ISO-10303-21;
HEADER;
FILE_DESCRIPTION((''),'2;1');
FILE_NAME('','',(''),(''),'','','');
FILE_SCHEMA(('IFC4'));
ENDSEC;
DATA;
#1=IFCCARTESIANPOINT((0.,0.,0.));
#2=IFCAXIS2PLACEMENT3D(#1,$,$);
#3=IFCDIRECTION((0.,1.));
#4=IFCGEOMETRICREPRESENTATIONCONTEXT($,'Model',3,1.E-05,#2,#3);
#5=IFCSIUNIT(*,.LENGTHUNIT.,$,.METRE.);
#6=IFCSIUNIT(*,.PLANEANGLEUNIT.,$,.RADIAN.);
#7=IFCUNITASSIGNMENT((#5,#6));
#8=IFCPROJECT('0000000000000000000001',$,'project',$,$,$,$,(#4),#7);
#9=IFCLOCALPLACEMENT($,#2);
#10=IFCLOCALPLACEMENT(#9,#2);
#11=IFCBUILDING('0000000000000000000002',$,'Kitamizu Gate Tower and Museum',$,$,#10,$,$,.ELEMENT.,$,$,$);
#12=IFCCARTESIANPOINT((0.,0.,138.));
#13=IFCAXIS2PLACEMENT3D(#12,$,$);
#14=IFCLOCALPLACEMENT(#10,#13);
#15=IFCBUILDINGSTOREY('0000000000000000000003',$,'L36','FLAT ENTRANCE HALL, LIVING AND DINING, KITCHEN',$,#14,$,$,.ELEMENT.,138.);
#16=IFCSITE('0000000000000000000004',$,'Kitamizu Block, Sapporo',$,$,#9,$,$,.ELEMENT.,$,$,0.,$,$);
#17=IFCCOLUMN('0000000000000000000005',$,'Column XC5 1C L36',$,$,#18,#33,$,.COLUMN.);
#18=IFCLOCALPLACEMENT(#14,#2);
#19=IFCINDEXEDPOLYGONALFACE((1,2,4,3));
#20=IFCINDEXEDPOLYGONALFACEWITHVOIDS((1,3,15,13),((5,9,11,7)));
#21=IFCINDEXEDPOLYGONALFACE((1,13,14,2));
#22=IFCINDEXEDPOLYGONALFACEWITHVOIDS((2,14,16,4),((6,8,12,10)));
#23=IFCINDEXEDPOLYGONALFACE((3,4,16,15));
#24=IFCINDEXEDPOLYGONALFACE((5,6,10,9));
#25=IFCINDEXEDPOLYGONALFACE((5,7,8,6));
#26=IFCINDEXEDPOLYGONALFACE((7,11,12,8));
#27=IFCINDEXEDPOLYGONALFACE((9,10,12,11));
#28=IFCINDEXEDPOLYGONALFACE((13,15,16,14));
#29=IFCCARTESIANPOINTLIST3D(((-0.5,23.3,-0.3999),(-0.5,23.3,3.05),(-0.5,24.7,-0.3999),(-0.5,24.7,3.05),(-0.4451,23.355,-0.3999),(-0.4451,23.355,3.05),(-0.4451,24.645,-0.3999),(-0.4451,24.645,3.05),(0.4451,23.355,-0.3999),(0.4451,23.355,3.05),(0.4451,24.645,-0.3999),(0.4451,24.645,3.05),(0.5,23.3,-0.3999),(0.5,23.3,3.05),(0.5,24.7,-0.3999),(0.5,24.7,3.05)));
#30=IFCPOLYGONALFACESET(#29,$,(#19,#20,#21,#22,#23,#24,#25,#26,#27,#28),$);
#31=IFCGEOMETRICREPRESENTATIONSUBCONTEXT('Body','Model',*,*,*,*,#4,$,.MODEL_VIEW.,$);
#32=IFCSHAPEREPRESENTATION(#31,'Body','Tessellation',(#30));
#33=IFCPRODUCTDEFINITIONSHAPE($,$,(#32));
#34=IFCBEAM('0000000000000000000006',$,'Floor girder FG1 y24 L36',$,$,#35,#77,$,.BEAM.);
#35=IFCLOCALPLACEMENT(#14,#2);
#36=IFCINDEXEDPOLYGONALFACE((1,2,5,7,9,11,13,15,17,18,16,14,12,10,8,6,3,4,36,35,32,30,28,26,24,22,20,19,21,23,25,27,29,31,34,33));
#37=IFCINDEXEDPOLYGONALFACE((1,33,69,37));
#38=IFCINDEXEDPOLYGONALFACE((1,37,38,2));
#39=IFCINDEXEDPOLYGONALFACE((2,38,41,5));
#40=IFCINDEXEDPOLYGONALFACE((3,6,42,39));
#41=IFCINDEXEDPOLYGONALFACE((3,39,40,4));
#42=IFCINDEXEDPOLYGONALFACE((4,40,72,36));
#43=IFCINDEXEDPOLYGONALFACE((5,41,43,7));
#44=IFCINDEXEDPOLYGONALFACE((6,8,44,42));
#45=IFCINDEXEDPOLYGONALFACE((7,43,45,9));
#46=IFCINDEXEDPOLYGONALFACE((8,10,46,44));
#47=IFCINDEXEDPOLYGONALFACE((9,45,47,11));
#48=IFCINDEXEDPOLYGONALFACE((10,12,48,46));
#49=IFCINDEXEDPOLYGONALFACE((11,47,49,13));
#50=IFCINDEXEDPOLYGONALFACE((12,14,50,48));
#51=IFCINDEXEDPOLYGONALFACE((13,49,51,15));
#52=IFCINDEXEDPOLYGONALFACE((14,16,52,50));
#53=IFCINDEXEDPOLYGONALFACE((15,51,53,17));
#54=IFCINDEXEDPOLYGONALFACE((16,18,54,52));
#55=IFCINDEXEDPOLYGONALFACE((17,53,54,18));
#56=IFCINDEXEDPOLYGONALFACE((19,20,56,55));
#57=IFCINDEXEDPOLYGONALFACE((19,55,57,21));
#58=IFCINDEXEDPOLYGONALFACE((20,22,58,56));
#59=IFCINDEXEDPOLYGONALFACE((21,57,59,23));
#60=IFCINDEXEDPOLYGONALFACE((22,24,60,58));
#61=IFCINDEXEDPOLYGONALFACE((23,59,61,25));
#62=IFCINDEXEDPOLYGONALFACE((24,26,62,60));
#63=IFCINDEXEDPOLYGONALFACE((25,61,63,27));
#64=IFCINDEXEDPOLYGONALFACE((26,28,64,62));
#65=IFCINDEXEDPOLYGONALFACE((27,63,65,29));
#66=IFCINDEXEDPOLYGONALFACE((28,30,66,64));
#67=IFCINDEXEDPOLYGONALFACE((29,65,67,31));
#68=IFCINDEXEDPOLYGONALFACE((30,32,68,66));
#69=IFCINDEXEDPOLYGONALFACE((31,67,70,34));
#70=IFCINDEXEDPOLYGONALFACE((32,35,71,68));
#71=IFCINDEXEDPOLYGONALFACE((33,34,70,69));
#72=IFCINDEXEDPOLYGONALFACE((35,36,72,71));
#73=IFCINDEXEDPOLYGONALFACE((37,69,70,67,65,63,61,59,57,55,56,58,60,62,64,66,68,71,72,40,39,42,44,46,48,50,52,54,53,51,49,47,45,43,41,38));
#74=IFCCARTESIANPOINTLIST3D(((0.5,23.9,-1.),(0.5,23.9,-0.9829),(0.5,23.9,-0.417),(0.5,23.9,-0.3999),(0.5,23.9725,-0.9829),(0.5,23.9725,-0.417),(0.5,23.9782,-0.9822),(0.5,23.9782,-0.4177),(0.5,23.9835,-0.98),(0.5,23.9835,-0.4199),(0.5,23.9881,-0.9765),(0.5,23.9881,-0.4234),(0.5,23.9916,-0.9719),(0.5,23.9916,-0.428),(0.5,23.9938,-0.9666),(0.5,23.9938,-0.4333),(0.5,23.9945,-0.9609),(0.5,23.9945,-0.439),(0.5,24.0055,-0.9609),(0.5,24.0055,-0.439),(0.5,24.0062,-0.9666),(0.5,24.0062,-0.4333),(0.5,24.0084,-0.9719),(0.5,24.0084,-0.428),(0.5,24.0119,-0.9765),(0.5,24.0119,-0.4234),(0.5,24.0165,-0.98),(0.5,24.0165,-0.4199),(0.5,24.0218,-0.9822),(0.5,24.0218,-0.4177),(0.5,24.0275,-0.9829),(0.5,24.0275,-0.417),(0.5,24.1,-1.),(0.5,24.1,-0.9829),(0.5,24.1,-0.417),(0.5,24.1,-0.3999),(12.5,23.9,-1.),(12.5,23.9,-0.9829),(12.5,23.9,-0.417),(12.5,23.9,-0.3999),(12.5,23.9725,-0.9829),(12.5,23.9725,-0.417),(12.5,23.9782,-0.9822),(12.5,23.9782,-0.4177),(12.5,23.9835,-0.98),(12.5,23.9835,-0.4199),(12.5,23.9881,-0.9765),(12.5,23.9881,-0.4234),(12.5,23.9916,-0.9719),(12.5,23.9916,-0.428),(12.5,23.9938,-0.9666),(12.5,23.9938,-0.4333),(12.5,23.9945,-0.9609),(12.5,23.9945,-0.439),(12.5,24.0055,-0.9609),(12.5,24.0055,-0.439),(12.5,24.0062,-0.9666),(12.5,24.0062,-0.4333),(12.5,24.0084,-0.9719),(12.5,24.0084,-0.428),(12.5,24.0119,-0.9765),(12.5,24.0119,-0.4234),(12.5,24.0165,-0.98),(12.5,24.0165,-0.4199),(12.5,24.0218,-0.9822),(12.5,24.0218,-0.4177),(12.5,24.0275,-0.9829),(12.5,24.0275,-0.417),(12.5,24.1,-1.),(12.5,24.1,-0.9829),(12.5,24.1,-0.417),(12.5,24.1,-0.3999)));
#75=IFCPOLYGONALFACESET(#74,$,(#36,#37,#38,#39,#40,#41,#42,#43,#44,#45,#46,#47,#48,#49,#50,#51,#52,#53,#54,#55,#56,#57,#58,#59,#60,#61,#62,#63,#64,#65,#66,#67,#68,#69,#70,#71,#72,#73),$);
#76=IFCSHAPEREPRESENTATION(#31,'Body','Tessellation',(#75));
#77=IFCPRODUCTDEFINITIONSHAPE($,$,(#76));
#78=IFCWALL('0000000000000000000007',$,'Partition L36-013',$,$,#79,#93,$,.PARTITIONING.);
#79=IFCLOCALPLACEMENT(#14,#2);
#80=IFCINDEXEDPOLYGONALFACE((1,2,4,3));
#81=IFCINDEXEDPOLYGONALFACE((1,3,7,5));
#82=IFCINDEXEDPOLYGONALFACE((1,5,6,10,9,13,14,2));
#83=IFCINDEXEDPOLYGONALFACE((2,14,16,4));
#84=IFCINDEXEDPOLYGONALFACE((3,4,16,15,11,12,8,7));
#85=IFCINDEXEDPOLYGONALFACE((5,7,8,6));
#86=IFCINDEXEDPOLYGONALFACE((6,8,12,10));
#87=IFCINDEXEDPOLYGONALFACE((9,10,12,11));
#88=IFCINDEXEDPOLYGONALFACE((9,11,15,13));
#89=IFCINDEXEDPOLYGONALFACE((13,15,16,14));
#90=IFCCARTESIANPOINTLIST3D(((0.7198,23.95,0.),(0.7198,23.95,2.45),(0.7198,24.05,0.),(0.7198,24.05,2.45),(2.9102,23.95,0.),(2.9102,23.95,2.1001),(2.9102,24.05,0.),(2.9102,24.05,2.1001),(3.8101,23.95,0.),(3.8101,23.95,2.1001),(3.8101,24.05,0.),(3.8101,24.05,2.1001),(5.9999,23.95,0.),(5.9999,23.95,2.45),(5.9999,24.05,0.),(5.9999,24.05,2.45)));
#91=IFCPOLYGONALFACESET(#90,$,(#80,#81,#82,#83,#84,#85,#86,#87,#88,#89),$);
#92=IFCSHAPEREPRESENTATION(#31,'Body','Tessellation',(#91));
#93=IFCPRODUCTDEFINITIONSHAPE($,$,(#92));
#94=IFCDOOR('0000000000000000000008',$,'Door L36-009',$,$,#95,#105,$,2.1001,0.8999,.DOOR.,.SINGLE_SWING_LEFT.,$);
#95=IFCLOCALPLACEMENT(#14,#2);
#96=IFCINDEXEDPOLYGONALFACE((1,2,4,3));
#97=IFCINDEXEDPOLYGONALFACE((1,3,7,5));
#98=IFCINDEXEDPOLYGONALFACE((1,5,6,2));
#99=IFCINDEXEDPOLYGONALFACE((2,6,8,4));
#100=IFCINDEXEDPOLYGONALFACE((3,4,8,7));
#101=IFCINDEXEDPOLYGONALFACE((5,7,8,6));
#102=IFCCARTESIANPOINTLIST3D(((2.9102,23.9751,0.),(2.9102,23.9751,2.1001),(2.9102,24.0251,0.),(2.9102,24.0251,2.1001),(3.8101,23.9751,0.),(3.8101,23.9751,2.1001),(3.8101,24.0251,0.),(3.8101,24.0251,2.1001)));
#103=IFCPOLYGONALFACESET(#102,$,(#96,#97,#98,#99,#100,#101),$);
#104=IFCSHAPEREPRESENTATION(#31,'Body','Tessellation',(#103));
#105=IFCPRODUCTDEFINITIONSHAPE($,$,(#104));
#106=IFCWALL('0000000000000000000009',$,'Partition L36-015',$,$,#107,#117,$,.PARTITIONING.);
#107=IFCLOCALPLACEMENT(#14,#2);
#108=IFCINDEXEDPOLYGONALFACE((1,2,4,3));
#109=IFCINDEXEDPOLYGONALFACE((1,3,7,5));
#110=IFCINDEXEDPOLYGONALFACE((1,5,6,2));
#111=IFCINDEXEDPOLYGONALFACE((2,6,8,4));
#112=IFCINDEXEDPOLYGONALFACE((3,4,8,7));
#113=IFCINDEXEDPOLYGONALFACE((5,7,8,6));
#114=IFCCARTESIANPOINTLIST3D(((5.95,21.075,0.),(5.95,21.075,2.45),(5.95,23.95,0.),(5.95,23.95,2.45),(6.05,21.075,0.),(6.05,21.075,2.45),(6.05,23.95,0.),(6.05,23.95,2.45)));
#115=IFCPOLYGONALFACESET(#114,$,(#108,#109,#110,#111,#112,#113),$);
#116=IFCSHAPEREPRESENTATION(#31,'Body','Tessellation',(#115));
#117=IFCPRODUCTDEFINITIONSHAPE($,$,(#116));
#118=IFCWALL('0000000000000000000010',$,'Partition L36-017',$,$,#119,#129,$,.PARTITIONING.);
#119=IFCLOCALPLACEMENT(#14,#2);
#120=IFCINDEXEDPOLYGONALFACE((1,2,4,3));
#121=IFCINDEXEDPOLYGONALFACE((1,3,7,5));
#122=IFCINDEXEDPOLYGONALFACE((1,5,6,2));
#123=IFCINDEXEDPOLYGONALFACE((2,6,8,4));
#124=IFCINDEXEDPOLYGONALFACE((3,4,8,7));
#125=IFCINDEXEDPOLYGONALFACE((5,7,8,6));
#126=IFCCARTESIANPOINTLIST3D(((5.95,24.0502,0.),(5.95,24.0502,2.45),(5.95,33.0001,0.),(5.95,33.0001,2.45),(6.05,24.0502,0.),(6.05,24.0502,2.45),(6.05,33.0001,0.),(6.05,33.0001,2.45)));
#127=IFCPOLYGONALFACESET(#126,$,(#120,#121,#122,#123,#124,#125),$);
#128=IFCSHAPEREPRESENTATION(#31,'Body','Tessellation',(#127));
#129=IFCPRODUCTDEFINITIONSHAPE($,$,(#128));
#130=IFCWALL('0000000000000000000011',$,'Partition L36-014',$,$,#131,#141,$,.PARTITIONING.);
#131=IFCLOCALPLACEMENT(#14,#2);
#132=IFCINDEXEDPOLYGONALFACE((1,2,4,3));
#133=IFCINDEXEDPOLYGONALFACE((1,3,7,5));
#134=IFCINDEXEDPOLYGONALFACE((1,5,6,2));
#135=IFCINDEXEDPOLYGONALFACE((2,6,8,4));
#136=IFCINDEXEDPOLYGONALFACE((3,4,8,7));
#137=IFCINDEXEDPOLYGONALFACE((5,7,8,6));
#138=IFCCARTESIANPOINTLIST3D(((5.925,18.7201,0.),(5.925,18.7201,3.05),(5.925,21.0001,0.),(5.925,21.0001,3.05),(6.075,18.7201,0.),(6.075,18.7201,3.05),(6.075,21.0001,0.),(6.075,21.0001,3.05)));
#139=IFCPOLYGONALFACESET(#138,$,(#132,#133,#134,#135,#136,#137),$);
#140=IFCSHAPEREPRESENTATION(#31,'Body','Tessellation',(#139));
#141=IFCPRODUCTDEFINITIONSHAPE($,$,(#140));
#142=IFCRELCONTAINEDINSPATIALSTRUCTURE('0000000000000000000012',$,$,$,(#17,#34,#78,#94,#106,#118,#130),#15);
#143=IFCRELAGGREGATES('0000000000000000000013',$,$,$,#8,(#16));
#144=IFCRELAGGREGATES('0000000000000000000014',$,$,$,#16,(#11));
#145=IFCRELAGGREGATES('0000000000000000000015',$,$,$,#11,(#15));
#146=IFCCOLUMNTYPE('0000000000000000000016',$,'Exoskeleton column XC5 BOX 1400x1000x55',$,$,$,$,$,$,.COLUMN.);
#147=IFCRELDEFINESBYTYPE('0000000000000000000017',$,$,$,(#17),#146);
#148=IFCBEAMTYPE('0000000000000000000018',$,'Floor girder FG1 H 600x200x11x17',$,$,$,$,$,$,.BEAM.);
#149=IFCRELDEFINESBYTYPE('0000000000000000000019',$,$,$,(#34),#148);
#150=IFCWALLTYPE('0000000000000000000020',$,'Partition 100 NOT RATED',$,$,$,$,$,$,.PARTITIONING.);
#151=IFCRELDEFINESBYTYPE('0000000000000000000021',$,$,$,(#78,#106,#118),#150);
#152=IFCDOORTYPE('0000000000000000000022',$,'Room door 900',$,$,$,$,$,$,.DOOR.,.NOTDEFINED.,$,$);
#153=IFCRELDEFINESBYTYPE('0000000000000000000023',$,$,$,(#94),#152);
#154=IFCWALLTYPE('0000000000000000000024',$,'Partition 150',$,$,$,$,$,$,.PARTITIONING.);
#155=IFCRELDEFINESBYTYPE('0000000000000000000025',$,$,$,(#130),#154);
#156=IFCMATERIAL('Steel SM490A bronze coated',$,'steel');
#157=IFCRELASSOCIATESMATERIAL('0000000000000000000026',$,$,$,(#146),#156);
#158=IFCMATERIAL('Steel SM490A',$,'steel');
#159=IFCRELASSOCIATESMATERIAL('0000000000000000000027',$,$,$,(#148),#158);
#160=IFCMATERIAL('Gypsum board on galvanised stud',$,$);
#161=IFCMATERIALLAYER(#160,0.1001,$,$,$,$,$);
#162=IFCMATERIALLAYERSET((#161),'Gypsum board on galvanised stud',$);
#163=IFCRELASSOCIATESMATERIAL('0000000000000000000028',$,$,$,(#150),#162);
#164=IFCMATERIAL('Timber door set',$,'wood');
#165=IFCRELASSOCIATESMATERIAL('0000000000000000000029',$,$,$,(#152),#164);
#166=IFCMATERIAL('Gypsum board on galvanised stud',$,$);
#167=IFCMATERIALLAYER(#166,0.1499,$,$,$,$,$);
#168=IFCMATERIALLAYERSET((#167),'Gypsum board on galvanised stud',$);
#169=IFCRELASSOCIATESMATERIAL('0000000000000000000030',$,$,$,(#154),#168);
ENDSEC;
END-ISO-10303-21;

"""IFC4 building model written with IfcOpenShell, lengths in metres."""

from ifc_helpers import new_model, si_unit, direction, frame, frame_2d, origin, origin_2d, place, context, subcontext, project, spatial, rectangle, hollow_rectangle, i_section, extrude, material, layer, layer_set, material_profile, profile_set, type_object, element, fill, save


model = new_model("IFC4")

# Units and contexts
model_context = context("Model", 3, precision=1e-05, world=origin(), true_north=direction((0.0, 1.0)))
body_context = subcontext(model_context, "Body", "Model", "MODEL_VIEW")
ifc_project = project(units=[si_unit("LENGTHUNIT", "METRE"), si_unit("PLANEANGLEUNIT", "RADIAN")], contexts=[model_context])

# Site, building, storey
site_placement = place(None, origin())
site = spatial("IfcSite", under=ifc_project, at=site_placement, Name="Kitamizu Block, Sapporo", CompositionType="ELEMENT", RefElevation=0.0)
building_placement = place(site_placement, origin())
building = spatial("IfcBuilding", under=site, at=building_placement, Name="Kitamizu Gate Tower and Museum", CompositionType="ELEMENT")
storey_placement = place(building_placement, frame((0.0, 0.0, 138.0)))
storey = spatial("IfcBuildingStorey", under=building, at=storey_placement, Name="L36", Description="FLAT ENTRANCE HALL, LIVING AND DINING, KITCHEN", CompositionType="ELEMENT", Elevation=138.0)

# Column
ifc_material_1 = material(Name="Steel SM490A bronze coated", Category="steel")
ifc_material_profile_1 = material_profile(ifc_material_1, hollow_rectangle(XDim=1.3999, YDim=1.0, WallThickness=0.0549, at=origin_2d()), Name="BOX 1400x1000x55")
ifc_profile_set_1 = profile_set([ifc_material_profile_1], Name="Steel SM490A bronze coated")
column_type = type_object("IfcColumnType", Name="Exoskeleton column XC5 BOX 1400x1000x55", PredefinedType="COLUMN", material=ifc_profile_set_1)
column_placement = place(storey_placement, frame((0.0, 24.0, -0.3999), z_axis=(0.0, 0.0, 1.0), x_axis=(0.0, 1.0, 0.0)))
element("IfcColumn", 1, at=column_placement, inside=storey, type_object=column_type, Name="Column XC5 1C L36", PredefinedType="COLUMN", context=body_context, shape_type="SweptSolid", body=[
    extrude(hollow_rectangle(XDim=1.3999, YDim=1.0, WallThickness=0.0549, at=origin_2d()), origin(), (0.0, 0.0, 1.0), 3.45),
])

# Beam
ifc_material_2 = material(Name="Steel SM490A", Category="steel")
ifc_material_profile_2 = material_profile(ifc_material_2, i_section(OverallWidth=0.2, OverallDepth=0.6001, WebThickness=0.011, FlangeThickness=0.0171, FilletRadius=0.022, at=origin_2d()), Name="H-600x200x11x17")
ifc_profile_set_2 = profile_set([ifc_material_profile_2], Name="Steel SM490A")
beam_type = type_object("IfcBeamType", Name="Floor girder FG1 H 600x200x11x17", PredefinedType="BEAM", material=ifc_profile_set_2)
beam_placement = place(storey_placement, frame((0.5, 24.0, -0.7), z_axis=(1.0, 0.0, 0.0), x_axis=(0.0, 1.0, 0.0)))
element("IfcBeam", 2, at=beam_placement, inside=storey, type_object=beam_type, Name="Floor girder FG1 y24 L36", PredefinedType="BEAM", context=body_context, shape_type="SweptSolid", body=[
    extrude(i_section(OverallWidth=0.2, OverallDepth=0.6001, WebThickness=0.011, FlangeThickness=0.0171, FilletRadius=0.022, at=origin_2d()), origin(), (0.0, 0.0, 1.0), 12.0),
])

# Wall, opening, door
ifc_material_3 = material(Name="Gypsum board on galvanised stud")
ifc_layer_1 = layer(ifc_material_3, 0.1001)
ifc_layer_set_1 = layer_set([ifc_layer_1], Name="Gypsum board on galvanised stud")
wall_type_1 = type_object("IfcWallType", Name="Partition 100 NOT RATED", PredefinedType="PARTITIONING", material=ifc_layer_set_1)
wall_1_placement = place(storey_placement, frame((6.0, 24.0, 0.0), z_axis=(0.0, 0.0, 1.0), x_axis=(-1.0, 0.0, 0.0)))
wall_1 = element("IfcWall", 3, at=wall_1_placement, inside=storey, type_object=wall_type_1, Name="Partition L36-013", PredefinedType="PARTITIONING", context=body_context, shape_type="SweptSolid", body=[
    extrude(rectangle(XDim=5.28, YDim=0.1001, at=frame_2d((2.6401, 0.0))), origin(), (0.0, 0.0, 1.0), 2.45),
])
opening_1_placement = place(wall_1_placement, frame((2.1899, 0.0, 0.0)))
opening_1 = element("IfcOpeningElement", 4, at=opening_1_placement, cuts=wall_1, PredefinedType="OPENING", context=body_context, shape_type="SweptSolid", body=[
    extrude(rectangle(XDim=0.8999, YDim=2.1001, at=frame_2d((0.45, 1.05))), frame((0.0, 0.0601, 0.0), z_axis=(0.0, -1.0, 0.0), x_axis=(1.0, 0.0, 0.0)), (0.0, 0.0, 1.0), 0.1201),
])
ifc_material_4 = material(Name="Timber door set", Category="wood")
door_type = type_object("IfcDoorType", Name="Room door 900", OperationType="NOTDEFINED", PredefinedType="DOOR", material=ifc_material_4)
door_placement = place(opening_1_placement, origin())
door = element("IfcDoor", 5, at=door_placement, inside=storey, type_object=door_type, Name="Door L36-009", OperationType="SINGLE_SWING_LEFT", OverallHeight=2.1001, OverallWidth=0.8999, PredefinedType="DOOR", context=body_context, shape_type="SweptSolid", body=[
    extrude(rectangle(XDim=0.8999, YDim=2.1001, at=frame_2d((0.45, 1.05))), frame((0.0, 0.0249, 0.0), z_axis=(0.0, -1.0, 0.0), x_axis=(1.0, 0.0, 0.0)), (0.0, 0.0, 1.0), 0.05),
])
fill(opening_1, door)

# Walls
wall_2_placement = place(storey_placement, frame((6.0, 21.075, 0.0), z_axis=(0.0, 0.0, 1.0), x_axis=(0.0, 1.0, 0.0)))
element("IfcWall", 6, at=wall_2_placement, inside=storey, type_object=wall_type_1, Name="Partition L36-015", PredefinedType="PARTITIONING", context=body_context, shape_type="SweptSolid", body=[
    extrude(rectangle(XDim=2.875, YDim=0.1001, at=frame_2d((1.4375, 0.0))), origin(), (0.0, 0.0, 1.0), 2.45),
])
wall_3_placement = place(storey_placement, frame((6.0, 24.05, 0.0), z_axis=(0.0, 0.0, 1.0), x_axis=(0.0, 1.0, 0.0)))
element("IfcWall", 7, at=wall_3_placement, inside=storey, type_object=wall_type_1, Name="Partition L36-017", PredefinedType="PARTITIONING", context=body_context, shape_type="SweptSolid", body=[
    extrude(rectangle(XDim=8.95, YDim=0.1001, at=frame_2d((4.4751, 0.0))), origin(), (0.0, 0.0, 1.0), 2.45),
])
ifc_material_5 = material(Name="Gypsum board on galvanised stud")
ifc_layer_2 = layer(ifc_material_5, 0.1499)
ifc_layer_set_2 = layer_set([ifc_layer_2], Name="Gypsum board on galvanised stud")
wall_type_2 = type_object("IfcWallType", Name="Partition 150", PredefinedType="PARTITIONING", material=ifc_layer_set_2)
wall_4_placement = place(storey_placement, frame((6.0, 18.72, 0.0), z_axis=(0.0, 0.0, 1.0), x_axis=(0.0, 1.0, 0.0)))
element("IfcWall", 8, at=wall_4_placement, inside=storey, type_object=wall_type_2, Name="Partition L36-014", PredefinedType="PARTITIONING", context=body_context, shape_type="SweptSolid", body=[
    extrude(rectangle(XDim=2.28, YDim=0.1499, at=frame_2d((1.1401, 0.0))), origin(), (0.0, 0.0, 1.0), 3.05),
])

save(model, "model.ifc")
